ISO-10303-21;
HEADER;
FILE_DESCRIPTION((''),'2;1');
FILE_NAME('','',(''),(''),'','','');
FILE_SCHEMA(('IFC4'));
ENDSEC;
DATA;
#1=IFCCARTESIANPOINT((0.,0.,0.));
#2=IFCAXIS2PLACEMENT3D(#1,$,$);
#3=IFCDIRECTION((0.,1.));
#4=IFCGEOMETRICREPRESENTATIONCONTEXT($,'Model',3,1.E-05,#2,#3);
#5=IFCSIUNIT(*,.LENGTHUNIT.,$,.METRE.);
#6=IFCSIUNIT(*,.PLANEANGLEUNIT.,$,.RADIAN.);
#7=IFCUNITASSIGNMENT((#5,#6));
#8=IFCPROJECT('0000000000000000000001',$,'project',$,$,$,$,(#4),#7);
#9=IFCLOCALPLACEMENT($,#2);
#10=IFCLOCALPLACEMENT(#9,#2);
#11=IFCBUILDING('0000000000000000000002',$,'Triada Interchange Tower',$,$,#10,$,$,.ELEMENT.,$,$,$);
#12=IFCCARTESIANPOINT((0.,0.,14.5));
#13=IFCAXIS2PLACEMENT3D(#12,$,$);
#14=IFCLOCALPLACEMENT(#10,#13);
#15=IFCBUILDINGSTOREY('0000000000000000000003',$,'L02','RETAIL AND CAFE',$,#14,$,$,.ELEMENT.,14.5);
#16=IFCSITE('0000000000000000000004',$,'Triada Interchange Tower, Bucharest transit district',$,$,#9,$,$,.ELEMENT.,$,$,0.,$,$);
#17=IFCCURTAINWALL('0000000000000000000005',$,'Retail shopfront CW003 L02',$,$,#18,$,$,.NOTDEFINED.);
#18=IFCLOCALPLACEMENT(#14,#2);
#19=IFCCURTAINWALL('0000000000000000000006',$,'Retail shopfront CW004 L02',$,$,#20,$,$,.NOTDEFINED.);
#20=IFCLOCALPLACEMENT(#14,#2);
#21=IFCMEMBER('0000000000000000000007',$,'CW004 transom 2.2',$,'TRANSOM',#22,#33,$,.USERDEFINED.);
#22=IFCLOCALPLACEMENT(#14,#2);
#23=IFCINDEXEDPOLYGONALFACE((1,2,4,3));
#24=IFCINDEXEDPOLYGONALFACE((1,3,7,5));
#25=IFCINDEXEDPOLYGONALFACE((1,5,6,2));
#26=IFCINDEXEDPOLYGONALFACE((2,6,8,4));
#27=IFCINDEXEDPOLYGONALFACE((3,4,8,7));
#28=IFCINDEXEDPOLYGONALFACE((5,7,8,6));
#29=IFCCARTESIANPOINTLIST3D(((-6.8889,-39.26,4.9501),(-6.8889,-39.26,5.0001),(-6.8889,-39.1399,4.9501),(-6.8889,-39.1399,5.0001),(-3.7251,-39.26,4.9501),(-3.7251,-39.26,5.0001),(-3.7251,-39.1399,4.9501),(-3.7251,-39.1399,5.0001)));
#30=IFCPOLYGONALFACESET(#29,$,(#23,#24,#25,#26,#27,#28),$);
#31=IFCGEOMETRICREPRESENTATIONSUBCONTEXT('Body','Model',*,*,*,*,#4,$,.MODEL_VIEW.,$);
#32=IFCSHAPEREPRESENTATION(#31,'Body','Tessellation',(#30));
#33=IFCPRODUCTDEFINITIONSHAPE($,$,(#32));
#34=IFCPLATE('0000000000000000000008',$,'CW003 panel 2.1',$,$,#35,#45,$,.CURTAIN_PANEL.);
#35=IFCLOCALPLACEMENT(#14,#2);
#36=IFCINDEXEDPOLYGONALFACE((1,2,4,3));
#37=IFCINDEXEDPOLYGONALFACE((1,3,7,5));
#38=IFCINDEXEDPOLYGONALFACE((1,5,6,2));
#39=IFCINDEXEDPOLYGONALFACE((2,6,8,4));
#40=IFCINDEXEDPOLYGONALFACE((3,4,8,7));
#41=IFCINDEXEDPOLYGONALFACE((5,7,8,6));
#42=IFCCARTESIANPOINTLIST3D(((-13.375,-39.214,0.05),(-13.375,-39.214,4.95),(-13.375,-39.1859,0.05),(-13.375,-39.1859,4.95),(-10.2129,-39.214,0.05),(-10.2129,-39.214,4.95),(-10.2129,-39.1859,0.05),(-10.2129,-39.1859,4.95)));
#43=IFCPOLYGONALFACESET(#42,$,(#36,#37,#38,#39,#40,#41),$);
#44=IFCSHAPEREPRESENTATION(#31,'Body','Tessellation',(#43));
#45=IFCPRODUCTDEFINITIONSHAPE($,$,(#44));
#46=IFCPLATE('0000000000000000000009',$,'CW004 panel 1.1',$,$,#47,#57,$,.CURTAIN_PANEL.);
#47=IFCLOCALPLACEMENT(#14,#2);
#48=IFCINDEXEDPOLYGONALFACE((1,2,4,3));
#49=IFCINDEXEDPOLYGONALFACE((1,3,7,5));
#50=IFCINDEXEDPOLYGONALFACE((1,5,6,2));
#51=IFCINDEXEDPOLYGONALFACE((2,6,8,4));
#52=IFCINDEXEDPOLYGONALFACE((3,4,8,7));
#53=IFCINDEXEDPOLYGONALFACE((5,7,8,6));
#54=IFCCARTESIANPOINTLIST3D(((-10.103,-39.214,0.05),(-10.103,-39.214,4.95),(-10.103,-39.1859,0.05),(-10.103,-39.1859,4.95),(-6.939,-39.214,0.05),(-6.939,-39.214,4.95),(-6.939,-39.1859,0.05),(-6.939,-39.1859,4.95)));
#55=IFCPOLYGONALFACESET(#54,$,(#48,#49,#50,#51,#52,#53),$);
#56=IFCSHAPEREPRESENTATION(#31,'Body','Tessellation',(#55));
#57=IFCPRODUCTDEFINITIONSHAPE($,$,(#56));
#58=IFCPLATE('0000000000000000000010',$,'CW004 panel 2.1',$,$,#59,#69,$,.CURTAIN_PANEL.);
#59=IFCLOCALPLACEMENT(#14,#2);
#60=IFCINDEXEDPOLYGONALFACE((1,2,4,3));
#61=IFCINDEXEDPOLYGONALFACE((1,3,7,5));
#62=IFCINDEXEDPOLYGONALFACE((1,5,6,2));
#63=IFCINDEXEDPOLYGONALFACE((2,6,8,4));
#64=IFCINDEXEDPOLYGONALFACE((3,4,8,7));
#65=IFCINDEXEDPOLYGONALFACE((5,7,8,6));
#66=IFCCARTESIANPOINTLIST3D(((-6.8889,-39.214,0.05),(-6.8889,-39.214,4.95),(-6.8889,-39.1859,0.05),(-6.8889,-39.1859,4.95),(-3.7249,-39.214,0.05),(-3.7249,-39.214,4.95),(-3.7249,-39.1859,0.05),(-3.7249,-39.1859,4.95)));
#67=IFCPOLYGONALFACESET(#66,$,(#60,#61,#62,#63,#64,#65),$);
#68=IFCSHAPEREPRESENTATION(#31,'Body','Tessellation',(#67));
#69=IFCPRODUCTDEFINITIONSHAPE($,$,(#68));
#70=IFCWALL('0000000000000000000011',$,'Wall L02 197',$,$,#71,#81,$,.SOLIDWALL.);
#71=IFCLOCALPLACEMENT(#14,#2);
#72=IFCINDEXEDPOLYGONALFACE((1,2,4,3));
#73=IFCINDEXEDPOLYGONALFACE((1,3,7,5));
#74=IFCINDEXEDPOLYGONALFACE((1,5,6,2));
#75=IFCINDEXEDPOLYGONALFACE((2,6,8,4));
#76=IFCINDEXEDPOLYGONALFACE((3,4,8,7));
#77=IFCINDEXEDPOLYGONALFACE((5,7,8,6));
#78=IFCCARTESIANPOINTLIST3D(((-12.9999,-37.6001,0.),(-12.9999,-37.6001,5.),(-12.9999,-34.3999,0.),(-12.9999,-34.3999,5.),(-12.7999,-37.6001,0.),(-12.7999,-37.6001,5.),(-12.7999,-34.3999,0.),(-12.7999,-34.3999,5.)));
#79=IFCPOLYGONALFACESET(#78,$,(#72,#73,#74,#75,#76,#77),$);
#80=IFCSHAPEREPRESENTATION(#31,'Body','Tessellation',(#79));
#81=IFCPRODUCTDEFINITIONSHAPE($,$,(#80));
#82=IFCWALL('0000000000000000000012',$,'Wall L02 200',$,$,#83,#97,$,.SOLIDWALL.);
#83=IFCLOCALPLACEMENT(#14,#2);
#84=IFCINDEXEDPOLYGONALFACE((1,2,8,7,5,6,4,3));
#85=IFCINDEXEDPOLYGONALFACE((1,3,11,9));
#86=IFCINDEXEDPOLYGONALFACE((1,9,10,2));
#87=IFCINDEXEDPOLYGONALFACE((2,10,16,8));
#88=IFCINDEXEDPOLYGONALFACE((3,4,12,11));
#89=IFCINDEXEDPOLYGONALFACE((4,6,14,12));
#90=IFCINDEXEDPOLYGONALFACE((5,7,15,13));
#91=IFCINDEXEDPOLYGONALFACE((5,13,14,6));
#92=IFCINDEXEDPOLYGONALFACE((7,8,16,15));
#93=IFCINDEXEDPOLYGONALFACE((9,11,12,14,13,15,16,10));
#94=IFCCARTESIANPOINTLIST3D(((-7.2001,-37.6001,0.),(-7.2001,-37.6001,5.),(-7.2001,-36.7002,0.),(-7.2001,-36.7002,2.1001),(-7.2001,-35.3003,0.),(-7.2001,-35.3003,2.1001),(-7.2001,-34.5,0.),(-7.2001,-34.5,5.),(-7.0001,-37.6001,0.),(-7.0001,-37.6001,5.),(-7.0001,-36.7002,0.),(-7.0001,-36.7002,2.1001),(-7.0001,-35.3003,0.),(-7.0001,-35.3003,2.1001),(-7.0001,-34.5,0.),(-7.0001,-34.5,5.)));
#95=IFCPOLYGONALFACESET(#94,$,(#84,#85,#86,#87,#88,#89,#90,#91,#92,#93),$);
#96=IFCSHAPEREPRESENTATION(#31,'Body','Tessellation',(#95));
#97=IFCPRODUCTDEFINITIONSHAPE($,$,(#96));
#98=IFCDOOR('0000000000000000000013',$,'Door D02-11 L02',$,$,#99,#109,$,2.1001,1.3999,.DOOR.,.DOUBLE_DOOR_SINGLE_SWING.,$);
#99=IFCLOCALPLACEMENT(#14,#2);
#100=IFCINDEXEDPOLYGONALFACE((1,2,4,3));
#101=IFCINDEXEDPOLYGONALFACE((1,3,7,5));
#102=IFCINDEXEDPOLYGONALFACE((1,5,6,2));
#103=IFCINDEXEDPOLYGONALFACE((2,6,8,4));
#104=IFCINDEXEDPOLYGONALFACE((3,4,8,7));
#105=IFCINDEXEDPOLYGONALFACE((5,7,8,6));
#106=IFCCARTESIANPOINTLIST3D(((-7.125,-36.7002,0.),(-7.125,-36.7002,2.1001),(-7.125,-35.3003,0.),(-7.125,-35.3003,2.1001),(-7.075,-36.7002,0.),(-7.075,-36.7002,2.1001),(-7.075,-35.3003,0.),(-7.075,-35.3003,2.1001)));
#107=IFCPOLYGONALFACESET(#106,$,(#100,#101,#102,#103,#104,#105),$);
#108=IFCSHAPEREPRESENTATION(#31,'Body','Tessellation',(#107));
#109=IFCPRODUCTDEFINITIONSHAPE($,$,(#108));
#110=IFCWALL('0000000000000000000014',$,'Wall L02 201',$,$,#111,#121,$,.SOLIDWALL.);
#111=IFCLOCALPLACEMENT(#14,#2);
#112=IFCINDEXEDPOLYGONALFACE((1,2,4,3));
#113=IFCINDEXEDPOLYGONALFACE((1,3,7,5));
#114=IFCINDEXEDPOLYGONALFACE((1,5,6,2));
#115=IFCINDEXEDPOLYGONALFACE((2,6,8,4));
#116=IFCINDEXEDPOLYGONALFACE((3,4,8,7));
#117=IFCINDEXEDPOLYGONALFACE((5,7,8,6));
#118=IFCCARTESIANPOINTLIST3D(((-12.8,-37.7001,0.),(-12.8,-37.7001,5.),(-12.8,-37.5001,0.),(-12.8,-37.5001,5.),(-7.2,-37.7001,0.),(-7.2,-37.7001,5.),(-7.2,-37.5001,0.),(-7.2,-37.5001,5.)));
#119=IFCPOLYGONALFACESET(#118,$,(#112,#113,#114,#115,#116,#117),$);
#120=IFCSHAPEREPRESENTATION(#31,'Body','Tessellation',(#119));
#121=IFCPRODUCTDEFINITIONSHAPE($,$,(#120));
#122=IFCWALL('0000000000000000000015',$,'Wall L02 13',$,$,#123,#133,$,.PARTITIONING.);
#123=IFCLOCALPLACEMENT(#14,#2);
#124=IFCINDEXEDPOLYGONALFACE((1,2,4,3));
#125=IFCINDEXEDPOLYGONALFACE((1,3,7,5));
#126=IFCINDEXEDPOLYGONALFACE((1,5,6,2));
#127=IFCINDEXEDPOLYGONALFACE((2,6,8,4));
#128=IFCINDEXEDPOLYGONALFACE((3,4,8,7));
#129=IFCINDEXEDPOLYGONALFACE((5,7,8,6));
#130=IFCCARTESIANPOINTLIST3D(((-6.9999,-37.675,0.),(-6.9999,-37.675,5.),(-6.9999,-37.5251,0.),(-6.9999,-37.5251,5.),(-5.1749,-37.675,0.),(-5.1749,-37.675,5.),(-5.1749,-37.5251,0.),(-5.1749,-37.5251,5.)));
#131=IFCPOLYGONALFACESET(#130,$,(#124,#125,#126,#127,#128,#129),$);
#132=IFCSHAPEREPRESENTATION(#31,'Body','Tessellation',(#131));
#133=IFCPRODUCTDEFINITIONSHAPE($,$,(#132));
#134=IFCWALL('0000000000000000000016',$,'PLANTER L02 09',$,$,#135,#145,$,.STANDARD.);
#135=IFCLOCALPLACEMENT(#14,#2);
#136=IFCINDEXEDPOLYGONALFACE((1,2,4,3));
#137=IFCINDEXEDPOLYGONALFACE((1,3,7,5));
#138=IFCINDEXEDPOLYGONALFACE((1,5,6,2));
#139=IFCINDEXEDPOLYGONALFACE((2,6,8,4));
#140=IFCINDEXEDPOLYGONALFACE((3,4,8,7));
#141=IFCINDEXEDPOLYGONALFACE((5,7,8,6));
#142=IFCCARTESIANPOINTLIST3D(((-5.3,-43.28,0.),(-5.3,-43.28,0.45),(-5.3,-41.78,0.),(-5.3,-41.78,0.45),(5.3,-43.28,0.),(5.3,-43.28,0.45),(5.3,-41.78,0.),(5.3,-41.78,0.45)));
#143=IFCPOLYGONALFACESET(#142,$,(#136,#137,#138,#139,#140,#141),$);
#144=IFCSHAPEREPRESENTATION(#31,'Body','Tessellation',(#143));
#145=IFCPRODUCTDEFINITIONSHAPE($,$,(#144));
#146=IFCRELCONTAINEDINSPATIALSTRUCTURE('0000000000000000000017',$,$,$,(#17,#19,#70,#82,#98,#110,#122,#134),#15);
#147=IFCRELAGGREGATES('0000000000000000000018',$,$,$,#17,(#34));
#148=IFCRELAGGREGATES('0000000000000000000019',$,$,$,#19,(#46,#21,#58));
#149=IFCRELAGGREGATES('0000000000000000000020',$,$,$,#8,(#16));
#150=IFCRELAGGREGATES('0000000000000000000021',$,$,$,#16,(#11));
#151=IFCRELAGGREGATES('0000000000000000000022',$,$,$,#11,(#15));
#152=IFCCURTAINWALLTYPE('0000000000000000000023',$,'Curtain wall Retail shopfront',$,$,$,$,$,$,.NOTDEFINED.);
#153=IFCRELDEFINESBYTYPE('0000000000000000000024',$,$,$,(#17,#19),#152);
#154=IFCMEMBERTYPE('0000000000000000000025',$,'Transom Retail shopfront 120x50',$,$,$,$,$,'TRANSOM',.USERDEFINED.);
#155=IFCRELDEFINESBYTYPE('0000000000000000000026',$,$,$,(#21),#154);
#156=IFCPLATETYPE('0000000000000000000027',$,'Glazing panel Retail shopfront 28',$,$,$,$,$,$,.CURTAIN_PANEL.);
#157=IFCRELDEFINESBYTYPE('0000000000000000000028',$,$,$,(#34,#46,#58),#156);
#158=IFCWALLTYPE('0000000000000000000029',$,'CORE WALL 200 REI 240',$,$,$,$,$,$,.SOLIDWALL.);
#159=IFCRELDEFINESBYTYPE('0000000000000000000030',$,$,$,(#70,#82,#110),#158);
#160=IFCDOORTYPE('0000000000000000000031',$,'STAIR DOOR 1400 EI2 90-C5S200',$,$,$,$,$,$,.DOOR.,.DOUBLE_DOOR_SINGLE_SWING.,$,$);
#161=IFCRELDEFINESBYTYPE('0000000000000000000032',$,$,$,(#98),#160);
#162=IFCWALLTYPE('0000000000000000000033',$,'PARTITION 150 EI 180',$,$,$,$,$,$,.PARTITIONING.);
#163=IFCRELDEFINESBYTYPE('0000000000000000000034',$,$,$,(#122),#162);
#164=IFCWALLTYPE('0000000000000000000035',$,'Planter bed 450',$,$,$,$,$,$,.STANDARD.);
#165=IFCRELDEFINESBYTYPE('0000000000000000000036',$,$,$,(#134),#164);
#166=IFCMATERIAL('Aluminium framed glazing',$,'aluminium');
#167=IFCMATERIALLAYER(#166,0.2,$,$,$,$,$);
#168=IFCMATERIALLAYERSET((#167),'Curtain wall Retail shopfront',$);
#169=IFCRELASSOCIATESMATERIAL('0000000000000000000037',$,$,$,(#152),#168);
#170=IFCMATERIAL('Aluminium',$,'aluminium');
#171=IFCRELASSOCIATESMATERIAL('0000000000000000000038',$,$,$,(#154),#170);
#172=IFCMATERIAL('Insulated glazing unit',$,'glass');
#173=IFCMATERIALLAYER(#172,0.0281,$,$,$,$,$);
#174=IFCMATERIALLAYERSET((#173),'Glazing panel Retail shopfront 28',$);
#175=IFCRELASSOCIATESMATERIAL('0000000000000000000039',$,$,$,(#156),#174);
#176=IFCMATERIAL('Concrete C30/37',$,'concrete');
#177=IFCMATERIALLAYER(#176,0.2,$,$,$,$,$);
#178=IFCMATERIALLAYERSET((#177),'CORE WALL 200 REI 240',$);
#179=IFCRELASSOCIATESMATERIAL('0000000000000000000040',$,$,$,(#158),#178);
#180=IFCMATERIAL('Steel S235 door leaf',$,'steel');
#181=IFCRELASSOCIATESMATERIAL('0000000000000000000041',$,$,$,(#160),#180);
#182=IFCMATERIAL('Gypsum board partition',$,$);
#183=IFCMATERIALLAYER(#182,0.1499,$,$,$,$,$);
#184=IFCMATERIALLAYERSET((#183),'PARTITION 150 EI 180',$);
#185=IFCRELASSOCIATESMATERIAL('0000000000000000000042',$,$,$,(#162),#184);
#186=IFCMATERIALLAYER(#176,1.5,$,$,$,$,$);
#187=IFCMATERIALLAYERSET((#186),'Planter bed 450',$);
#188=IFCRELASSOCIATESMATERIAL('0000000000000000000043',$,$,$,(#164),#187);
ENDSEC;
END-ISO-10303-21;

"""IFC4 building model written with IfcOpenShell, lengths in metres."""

from ifc_helpers import new_model, si_unit, direction, frame, frame_2d, origin, origin_2d, place, context, subcontext, project, spatial, rectangle, extrude, material, layer, layer_set, material_profile, profile_set, type_object, element, fill, aggregate, save


model = new_model("IFC4")

# Units and contexts
model_context = context("Model", 3, precision=1e-05, world=origin(), true_north=direction((0.0, 1.0)))
body_context = subcontext(model_context, "Body", "Model", "MODEL_VIEW")
ifc_project = project(units=[si_unit("LENGTHUNIT", "METRE"), si_unit("PLANEANGLEUNIT", "RADIAN")], contexts=[model_context])

# Site, building, storey
site_placement = place(None, origin())
site = spatial("IfcSite", under=ifc_project, at=site_placement, Name="Triada Interchange Tower, Bucharest transit district", CompositionType="ELEMENT", RefElevation=0.0)
building_placement = place(site_placement, origin())
building = spatial("IfcBuilding", under=site, at=building_placement, Name="Triada Interchange Tower", CompositionType="ELEMENT")
storey_placement = place(building_placement, frame((0.0, 0.0, 14.5)))
storey = spatial("IfcBuildingStorey", under=building, at=storey_placement, Name="L02", Description="RETAIL AND CAFE", CompositionType="ELEMENT", Elevation=14.5)

# Curtain wall
ifc_material_1 = material(Name="Aluminium framed glazing", Category="aluminium")
ifc_layer_1 = layer(ifc_material_1, 0.2)
ifc_layer_set_1 = layer_set([ifc_layer_1], Name="Curtain wall Retail shopfront")
curtain_wall_type = type_object("IfcCurtainWallType", Name="Curtain wall Retail shopfront", PredefinedType="NOTDEFINED", material=ifc_layer_set_1)
curtain_wall_1_placement = place(storey_placement, origin())
curtain_wall_1 = element("IfcCurtainWall", 1, at=curtain_wall_1_placement, inside=storey, type_object=curtain_wall_type, Name="Retail shopfront CW003 L02", PredefinedType="NOTDEFINED")
ifc_material_2 = material(Name="Aluminium", Category="aluminium")

# Curtain wall
curtain_wall_2_placement = place(storey_placement, origin())
curtain_wall_2 = element("IfcCurtainWall", 2, at=curtain_wall_2_placement, inside=storey, type_object=curtain_wall_type, Name="Retail shopfront CW004 L02", PredefinedType="NOTDEFINED")

# Member
ifc_material_profile_1 = material_profile(ifc_material_2, rectangle(XDim=0.1201, YDim=0.05, at=origin_2d()), Name="Aluminium transom")
ifc_profile_set_1 = profile_set([ifc_material_profile_1], Name="Aluminium")
member_type_1 = type_object("IfcMemberType", Name="Transom Retail shopfront 120x50", ElementType="TRANSOM", PredefinedType="USERDEFINED", material=ifc_profile_set_1)
member_1_placement = place(storey_placement, frame((-6.8889, -39.2, 4.9751), z_axis=(1.0, 0.0, 0.0), x_axis=(0.0, 1.0, 0.0)))
member_1 = element("IfcMember", 3, at=member_1_placement, type_object=member_type_1, Name="CW004 transom 2.2", ObjectType="TRANSOM", PredefinedType="USERDEFINED", context=body_context, shape_type="SweptSolid", body=[
    extrude(rectangle(XDim=0.1201, YDim=0.05, at=origin_2d()), origin(), (0.0, 0.0, 1.0), 3.1638),
])

# Plates
ifc_material_3 = material(Name="Insulated glazing unit", Category="glass")
ifc_layer_2 = layer(ifc_material_3, 0.0281)
ifc_layer_set_2 = layer_set([ifc_layer_2], Name="Glazing panel Retail shopfront 28")
plate_type = type_object("IfcPlateType", Name="Glazing panel Retail shopfront 28", PredefinedType="CURTAIN_PANEL", material=ifc_layer_set_2)
plate_1_placement = place(storey_placement, frame((-11.7939, -39.2, 0.05), z_axis=(0.0, 0.0, 1.0), x_axis=(1.0, 0.0, 0.0)))
plate_1 = element("IfcPlate", 4, at=plate_1_placement, type_object=plate_type, Name="CW003 panel 2.1", PredefinedType="CURTAIN_PANEL", context=body_context, shape_type="SweptSolid", body=[
    extrude(rectangle(XDim=3.1621, YDim=0.0281, at=origin_2d()), origin(), (0.0, 0.0, 1.0), 4.8999),
])
aggregate(curtain_wall_1, [plate_1])
plate_2_placement = place(storey_placement, frame((-8.521, -39.2, 0.05), z_axis=(0.0, 0.0, 1.0), x_axis=(1.0, 0.0, 0.0)))
plate_2 = element("IfcPlate", 5, at=plate_2_placement, type_object=plate_type, Name="CW004 panel 1.1", PredefinedType="CURTAIN_PANEL", context=body_context, shape_type="SweptSolid", body=[
    extrude(rectangle(XDim=3.1641, YDim=0.0281, at=origin_2d()), origin(), (0.0, 0.0, 1.0), 4.8999),
])
plate_3_placement = place(storey_placement, frame((-5.3069, -39.2, 0.05), z_axis=(0.0, 0.0, 1.0), x_axis=(1.0, 0.0, 0.0)))
plate_3 = element("IfcPlate", 6, at=plate_3_placement, type_object=plate_type, Name="CW004 panel 2.1", PredefinedType="CURTAIN_PANEL", context=body_context, shape_type="SweptSolid", body=[
    extrude(rectangle(XDim=3.1641, YDim=0.0281, at=origin_2d()), origin(), (0.0, 0.0, 1.0), 4.8999),
])
aggregate(curtain_wall_2, [plate_2, member_1, plate_3])

# Wall
ifc_material_4 = material(Name="Concrete C30/37", Category="concrete")
ifc_layer_3 = layer(ifc_material_4, 0.2)
ifc_layer_set_3 = layer_set([ifc_layer_3], Name="CORE WALL 200 REI 240")
wall_type_1 = type_object("IfcWallType", Name="CORE WALL 200 REI 240", PredefinedType="SOLIDWALL", material=ifc_layer_set_3)
wall_1_placement = place(storey_placement, frame((-12.8999, -37.6001, 0.0), z_axis=(0.0, 0.0, 1.0), x_axis=(0.0, 1.0, 0.0)))
element("IfcWall", 7, at=wall_1_placement, inside=storey, type_object=wall_type_1, Name="Wall L02 197", PredefinedType="SOLIDWALL", context=body_context, shape_type="SweptSolid", body=[
    extrude(rectangle(XDim=3.2002, YDim=0.2, at=frame_2d((1.6001, 0.0))), origin(), (0.0, 0.0, 1.0), 5.0),
])

# Wall, opening, door
wall_2_placement = place(storey_placement, frame((-7.1001, -37.6001, 0.0), z_axis=(0.0, 0.0, 1.0), x_axis=(0.0, 1.0, 0.0)))
wall_2 = element("IfcWall", 8, at=wall_2_placement, inside=storey, type_object=wall_type_1, Name="Wall L02 200", PredefinedType="SOLIDWALL", context=body_context, shape_type="SweptSolid", body=[
    extrude(rectangle(XDim=3.1001, YDim=0.2, at=frame_2d((1.55, 0.0))), origin(), (0.0, 0.0, 1.0), 5.0),
])
opening_1_placement = place(wall_2_placement, frame((0.8999, 0.0, 0.0)))
opening_1 = element("IfcOpeningElement", 9, at=opening_1_placement, cuts=wall_2, PredefinedType="OPENING", context=body_context, shape_type="SweptSolid", body=[
    extrude(rectangle(XDim=1.3999, YDim=2.1001, at=frame_2d((0.7, 1.05))), frame((0.0, 0.1099, 0.0), z_axis=(0.0, -1.0, 0.0), x_axis=(1.0, 0.0, 0.0)), (0.0, 0.0, 1.0), 0.22),
])
ifc_material_5 = material(Name="Steel S235 door leaf", Category="steel")
door_type_1 = type_object("IfcDoorType", Name="STAIR DOOR 1400 EI2 90-C5S200", OperationType="DOUBLE_DOOR_SINGLE_SWING", PredefinedType="DOOR", material=ifc_material_5)
door_1_placement = place(opening_1_placement, origin())
door_1 = element("IfcDoor", 10, at=door_1_placement, inside=storey, type_object=door_type_1, Name="Door D02-11 L02", OperationType="DOUBLE_DOOR_SINGLE_SWING", OverallHeight=2.1001, OverallWidth=1.3999, PredefinedType="DOOR", context=body_context, shape_type="SweptSolid", body=[
    extrude(rectangle(XDim=1.3999, YDim=2.1001, at=frame_2d((0.7, 1.05))), frame((0.0, 0.0249, 0.0), z_axis=(0.0, -1.0, 0.0), x_axis=(1.0, 0.0, 0.0)), (0.0, 0.0, 1.0), 0.05),
])
fill(opening_1, door_1)

# Wall
wall_3_placement = place(storey_placement, frame((-12.8, -37.6001, 0.0), z_axis=(0.0, 0.0, 1.0), x_axis=(1.0, 0.0, 0.0)))
element("IfcWall", 11, at=wall_3_placement, inside=storey, type_object=wall_type_1, Name="Wall L02 201", PredefinedType="SOLIDWALL", context=body_context, shape_type="SweptSolid", body=[
    extrude(rectangle(XDim=5.6001, YDim=0.2, at=frame_2d((2.8, 0.0))), origin(), (0.0, 0.0, 1.0), 5.0),
])

# Walls
ifc_material_6 = material(Name="Gypsum board partition")
ifc_layer_4 = layer(ifc_material_6, 0.1499)
ifc_layer_set_4 = layer_set([ifc_layer_4], Name="PARTITION 150 EI 180")
wall_type_2 = type_object("IfcWallType", Name="PARTITION 150 EI 180", PredefinedType="PARTITIONING", material=ifc_layer_set_4)
wall_4_placement = place(storey_placement, frame((-7.0, -37.6001, 0.0), z_axis=(0.0, 0.0, 1.0), x_axis=(1.0, 0.0, 0.0)))
element("IfcWall", 12, at=wall_4_placement, inside=storey, type_object=wall_type_2, Name="Wall L02 13", PredefinedType="PARTITIONING", context=body_context, shape_type="SweptSolid", body=[
    extrude(rectangle(XDim=1.825, YDim=0.1499, at=frame_2d((0.9126, 0.0))), origin(), (0.0, 0.0, 1.0), 5.0),
])
ifc_layer_5 = layer(ifc_material_4, 1.5)
ifc_layer_set_5 = layer_set([ifc_layer_5], Name="Planter bed 450")
wall_type_3 = type_object("IfcWallType", Name="Planter bed 450", PredefinedType="STANDARD", material=ifc_layer_set_5)
wall_5_placement = place(storey_placement, frame((-5.3, -42.53, 0.0), z_axis=(0.0, 0.0, 1.0), x_axis=(1.0, 0.0, 0.0)))
element("IfcWall", 13, at=wall_5_placement, inside=storey, type_object=wall_type_3, Name="PLANTER L02 09", PredefinedType="STANDARD", context=body_context, shape_type="SweptSolid", body=[
    extrude(rectangle(XDim=10.6001, YDim=1.5, at=frame_2d((5.3, 0.0))), origin(), (0.0, 0.0, 1.0), 0.45),
])

save(model, "model.ifc")
